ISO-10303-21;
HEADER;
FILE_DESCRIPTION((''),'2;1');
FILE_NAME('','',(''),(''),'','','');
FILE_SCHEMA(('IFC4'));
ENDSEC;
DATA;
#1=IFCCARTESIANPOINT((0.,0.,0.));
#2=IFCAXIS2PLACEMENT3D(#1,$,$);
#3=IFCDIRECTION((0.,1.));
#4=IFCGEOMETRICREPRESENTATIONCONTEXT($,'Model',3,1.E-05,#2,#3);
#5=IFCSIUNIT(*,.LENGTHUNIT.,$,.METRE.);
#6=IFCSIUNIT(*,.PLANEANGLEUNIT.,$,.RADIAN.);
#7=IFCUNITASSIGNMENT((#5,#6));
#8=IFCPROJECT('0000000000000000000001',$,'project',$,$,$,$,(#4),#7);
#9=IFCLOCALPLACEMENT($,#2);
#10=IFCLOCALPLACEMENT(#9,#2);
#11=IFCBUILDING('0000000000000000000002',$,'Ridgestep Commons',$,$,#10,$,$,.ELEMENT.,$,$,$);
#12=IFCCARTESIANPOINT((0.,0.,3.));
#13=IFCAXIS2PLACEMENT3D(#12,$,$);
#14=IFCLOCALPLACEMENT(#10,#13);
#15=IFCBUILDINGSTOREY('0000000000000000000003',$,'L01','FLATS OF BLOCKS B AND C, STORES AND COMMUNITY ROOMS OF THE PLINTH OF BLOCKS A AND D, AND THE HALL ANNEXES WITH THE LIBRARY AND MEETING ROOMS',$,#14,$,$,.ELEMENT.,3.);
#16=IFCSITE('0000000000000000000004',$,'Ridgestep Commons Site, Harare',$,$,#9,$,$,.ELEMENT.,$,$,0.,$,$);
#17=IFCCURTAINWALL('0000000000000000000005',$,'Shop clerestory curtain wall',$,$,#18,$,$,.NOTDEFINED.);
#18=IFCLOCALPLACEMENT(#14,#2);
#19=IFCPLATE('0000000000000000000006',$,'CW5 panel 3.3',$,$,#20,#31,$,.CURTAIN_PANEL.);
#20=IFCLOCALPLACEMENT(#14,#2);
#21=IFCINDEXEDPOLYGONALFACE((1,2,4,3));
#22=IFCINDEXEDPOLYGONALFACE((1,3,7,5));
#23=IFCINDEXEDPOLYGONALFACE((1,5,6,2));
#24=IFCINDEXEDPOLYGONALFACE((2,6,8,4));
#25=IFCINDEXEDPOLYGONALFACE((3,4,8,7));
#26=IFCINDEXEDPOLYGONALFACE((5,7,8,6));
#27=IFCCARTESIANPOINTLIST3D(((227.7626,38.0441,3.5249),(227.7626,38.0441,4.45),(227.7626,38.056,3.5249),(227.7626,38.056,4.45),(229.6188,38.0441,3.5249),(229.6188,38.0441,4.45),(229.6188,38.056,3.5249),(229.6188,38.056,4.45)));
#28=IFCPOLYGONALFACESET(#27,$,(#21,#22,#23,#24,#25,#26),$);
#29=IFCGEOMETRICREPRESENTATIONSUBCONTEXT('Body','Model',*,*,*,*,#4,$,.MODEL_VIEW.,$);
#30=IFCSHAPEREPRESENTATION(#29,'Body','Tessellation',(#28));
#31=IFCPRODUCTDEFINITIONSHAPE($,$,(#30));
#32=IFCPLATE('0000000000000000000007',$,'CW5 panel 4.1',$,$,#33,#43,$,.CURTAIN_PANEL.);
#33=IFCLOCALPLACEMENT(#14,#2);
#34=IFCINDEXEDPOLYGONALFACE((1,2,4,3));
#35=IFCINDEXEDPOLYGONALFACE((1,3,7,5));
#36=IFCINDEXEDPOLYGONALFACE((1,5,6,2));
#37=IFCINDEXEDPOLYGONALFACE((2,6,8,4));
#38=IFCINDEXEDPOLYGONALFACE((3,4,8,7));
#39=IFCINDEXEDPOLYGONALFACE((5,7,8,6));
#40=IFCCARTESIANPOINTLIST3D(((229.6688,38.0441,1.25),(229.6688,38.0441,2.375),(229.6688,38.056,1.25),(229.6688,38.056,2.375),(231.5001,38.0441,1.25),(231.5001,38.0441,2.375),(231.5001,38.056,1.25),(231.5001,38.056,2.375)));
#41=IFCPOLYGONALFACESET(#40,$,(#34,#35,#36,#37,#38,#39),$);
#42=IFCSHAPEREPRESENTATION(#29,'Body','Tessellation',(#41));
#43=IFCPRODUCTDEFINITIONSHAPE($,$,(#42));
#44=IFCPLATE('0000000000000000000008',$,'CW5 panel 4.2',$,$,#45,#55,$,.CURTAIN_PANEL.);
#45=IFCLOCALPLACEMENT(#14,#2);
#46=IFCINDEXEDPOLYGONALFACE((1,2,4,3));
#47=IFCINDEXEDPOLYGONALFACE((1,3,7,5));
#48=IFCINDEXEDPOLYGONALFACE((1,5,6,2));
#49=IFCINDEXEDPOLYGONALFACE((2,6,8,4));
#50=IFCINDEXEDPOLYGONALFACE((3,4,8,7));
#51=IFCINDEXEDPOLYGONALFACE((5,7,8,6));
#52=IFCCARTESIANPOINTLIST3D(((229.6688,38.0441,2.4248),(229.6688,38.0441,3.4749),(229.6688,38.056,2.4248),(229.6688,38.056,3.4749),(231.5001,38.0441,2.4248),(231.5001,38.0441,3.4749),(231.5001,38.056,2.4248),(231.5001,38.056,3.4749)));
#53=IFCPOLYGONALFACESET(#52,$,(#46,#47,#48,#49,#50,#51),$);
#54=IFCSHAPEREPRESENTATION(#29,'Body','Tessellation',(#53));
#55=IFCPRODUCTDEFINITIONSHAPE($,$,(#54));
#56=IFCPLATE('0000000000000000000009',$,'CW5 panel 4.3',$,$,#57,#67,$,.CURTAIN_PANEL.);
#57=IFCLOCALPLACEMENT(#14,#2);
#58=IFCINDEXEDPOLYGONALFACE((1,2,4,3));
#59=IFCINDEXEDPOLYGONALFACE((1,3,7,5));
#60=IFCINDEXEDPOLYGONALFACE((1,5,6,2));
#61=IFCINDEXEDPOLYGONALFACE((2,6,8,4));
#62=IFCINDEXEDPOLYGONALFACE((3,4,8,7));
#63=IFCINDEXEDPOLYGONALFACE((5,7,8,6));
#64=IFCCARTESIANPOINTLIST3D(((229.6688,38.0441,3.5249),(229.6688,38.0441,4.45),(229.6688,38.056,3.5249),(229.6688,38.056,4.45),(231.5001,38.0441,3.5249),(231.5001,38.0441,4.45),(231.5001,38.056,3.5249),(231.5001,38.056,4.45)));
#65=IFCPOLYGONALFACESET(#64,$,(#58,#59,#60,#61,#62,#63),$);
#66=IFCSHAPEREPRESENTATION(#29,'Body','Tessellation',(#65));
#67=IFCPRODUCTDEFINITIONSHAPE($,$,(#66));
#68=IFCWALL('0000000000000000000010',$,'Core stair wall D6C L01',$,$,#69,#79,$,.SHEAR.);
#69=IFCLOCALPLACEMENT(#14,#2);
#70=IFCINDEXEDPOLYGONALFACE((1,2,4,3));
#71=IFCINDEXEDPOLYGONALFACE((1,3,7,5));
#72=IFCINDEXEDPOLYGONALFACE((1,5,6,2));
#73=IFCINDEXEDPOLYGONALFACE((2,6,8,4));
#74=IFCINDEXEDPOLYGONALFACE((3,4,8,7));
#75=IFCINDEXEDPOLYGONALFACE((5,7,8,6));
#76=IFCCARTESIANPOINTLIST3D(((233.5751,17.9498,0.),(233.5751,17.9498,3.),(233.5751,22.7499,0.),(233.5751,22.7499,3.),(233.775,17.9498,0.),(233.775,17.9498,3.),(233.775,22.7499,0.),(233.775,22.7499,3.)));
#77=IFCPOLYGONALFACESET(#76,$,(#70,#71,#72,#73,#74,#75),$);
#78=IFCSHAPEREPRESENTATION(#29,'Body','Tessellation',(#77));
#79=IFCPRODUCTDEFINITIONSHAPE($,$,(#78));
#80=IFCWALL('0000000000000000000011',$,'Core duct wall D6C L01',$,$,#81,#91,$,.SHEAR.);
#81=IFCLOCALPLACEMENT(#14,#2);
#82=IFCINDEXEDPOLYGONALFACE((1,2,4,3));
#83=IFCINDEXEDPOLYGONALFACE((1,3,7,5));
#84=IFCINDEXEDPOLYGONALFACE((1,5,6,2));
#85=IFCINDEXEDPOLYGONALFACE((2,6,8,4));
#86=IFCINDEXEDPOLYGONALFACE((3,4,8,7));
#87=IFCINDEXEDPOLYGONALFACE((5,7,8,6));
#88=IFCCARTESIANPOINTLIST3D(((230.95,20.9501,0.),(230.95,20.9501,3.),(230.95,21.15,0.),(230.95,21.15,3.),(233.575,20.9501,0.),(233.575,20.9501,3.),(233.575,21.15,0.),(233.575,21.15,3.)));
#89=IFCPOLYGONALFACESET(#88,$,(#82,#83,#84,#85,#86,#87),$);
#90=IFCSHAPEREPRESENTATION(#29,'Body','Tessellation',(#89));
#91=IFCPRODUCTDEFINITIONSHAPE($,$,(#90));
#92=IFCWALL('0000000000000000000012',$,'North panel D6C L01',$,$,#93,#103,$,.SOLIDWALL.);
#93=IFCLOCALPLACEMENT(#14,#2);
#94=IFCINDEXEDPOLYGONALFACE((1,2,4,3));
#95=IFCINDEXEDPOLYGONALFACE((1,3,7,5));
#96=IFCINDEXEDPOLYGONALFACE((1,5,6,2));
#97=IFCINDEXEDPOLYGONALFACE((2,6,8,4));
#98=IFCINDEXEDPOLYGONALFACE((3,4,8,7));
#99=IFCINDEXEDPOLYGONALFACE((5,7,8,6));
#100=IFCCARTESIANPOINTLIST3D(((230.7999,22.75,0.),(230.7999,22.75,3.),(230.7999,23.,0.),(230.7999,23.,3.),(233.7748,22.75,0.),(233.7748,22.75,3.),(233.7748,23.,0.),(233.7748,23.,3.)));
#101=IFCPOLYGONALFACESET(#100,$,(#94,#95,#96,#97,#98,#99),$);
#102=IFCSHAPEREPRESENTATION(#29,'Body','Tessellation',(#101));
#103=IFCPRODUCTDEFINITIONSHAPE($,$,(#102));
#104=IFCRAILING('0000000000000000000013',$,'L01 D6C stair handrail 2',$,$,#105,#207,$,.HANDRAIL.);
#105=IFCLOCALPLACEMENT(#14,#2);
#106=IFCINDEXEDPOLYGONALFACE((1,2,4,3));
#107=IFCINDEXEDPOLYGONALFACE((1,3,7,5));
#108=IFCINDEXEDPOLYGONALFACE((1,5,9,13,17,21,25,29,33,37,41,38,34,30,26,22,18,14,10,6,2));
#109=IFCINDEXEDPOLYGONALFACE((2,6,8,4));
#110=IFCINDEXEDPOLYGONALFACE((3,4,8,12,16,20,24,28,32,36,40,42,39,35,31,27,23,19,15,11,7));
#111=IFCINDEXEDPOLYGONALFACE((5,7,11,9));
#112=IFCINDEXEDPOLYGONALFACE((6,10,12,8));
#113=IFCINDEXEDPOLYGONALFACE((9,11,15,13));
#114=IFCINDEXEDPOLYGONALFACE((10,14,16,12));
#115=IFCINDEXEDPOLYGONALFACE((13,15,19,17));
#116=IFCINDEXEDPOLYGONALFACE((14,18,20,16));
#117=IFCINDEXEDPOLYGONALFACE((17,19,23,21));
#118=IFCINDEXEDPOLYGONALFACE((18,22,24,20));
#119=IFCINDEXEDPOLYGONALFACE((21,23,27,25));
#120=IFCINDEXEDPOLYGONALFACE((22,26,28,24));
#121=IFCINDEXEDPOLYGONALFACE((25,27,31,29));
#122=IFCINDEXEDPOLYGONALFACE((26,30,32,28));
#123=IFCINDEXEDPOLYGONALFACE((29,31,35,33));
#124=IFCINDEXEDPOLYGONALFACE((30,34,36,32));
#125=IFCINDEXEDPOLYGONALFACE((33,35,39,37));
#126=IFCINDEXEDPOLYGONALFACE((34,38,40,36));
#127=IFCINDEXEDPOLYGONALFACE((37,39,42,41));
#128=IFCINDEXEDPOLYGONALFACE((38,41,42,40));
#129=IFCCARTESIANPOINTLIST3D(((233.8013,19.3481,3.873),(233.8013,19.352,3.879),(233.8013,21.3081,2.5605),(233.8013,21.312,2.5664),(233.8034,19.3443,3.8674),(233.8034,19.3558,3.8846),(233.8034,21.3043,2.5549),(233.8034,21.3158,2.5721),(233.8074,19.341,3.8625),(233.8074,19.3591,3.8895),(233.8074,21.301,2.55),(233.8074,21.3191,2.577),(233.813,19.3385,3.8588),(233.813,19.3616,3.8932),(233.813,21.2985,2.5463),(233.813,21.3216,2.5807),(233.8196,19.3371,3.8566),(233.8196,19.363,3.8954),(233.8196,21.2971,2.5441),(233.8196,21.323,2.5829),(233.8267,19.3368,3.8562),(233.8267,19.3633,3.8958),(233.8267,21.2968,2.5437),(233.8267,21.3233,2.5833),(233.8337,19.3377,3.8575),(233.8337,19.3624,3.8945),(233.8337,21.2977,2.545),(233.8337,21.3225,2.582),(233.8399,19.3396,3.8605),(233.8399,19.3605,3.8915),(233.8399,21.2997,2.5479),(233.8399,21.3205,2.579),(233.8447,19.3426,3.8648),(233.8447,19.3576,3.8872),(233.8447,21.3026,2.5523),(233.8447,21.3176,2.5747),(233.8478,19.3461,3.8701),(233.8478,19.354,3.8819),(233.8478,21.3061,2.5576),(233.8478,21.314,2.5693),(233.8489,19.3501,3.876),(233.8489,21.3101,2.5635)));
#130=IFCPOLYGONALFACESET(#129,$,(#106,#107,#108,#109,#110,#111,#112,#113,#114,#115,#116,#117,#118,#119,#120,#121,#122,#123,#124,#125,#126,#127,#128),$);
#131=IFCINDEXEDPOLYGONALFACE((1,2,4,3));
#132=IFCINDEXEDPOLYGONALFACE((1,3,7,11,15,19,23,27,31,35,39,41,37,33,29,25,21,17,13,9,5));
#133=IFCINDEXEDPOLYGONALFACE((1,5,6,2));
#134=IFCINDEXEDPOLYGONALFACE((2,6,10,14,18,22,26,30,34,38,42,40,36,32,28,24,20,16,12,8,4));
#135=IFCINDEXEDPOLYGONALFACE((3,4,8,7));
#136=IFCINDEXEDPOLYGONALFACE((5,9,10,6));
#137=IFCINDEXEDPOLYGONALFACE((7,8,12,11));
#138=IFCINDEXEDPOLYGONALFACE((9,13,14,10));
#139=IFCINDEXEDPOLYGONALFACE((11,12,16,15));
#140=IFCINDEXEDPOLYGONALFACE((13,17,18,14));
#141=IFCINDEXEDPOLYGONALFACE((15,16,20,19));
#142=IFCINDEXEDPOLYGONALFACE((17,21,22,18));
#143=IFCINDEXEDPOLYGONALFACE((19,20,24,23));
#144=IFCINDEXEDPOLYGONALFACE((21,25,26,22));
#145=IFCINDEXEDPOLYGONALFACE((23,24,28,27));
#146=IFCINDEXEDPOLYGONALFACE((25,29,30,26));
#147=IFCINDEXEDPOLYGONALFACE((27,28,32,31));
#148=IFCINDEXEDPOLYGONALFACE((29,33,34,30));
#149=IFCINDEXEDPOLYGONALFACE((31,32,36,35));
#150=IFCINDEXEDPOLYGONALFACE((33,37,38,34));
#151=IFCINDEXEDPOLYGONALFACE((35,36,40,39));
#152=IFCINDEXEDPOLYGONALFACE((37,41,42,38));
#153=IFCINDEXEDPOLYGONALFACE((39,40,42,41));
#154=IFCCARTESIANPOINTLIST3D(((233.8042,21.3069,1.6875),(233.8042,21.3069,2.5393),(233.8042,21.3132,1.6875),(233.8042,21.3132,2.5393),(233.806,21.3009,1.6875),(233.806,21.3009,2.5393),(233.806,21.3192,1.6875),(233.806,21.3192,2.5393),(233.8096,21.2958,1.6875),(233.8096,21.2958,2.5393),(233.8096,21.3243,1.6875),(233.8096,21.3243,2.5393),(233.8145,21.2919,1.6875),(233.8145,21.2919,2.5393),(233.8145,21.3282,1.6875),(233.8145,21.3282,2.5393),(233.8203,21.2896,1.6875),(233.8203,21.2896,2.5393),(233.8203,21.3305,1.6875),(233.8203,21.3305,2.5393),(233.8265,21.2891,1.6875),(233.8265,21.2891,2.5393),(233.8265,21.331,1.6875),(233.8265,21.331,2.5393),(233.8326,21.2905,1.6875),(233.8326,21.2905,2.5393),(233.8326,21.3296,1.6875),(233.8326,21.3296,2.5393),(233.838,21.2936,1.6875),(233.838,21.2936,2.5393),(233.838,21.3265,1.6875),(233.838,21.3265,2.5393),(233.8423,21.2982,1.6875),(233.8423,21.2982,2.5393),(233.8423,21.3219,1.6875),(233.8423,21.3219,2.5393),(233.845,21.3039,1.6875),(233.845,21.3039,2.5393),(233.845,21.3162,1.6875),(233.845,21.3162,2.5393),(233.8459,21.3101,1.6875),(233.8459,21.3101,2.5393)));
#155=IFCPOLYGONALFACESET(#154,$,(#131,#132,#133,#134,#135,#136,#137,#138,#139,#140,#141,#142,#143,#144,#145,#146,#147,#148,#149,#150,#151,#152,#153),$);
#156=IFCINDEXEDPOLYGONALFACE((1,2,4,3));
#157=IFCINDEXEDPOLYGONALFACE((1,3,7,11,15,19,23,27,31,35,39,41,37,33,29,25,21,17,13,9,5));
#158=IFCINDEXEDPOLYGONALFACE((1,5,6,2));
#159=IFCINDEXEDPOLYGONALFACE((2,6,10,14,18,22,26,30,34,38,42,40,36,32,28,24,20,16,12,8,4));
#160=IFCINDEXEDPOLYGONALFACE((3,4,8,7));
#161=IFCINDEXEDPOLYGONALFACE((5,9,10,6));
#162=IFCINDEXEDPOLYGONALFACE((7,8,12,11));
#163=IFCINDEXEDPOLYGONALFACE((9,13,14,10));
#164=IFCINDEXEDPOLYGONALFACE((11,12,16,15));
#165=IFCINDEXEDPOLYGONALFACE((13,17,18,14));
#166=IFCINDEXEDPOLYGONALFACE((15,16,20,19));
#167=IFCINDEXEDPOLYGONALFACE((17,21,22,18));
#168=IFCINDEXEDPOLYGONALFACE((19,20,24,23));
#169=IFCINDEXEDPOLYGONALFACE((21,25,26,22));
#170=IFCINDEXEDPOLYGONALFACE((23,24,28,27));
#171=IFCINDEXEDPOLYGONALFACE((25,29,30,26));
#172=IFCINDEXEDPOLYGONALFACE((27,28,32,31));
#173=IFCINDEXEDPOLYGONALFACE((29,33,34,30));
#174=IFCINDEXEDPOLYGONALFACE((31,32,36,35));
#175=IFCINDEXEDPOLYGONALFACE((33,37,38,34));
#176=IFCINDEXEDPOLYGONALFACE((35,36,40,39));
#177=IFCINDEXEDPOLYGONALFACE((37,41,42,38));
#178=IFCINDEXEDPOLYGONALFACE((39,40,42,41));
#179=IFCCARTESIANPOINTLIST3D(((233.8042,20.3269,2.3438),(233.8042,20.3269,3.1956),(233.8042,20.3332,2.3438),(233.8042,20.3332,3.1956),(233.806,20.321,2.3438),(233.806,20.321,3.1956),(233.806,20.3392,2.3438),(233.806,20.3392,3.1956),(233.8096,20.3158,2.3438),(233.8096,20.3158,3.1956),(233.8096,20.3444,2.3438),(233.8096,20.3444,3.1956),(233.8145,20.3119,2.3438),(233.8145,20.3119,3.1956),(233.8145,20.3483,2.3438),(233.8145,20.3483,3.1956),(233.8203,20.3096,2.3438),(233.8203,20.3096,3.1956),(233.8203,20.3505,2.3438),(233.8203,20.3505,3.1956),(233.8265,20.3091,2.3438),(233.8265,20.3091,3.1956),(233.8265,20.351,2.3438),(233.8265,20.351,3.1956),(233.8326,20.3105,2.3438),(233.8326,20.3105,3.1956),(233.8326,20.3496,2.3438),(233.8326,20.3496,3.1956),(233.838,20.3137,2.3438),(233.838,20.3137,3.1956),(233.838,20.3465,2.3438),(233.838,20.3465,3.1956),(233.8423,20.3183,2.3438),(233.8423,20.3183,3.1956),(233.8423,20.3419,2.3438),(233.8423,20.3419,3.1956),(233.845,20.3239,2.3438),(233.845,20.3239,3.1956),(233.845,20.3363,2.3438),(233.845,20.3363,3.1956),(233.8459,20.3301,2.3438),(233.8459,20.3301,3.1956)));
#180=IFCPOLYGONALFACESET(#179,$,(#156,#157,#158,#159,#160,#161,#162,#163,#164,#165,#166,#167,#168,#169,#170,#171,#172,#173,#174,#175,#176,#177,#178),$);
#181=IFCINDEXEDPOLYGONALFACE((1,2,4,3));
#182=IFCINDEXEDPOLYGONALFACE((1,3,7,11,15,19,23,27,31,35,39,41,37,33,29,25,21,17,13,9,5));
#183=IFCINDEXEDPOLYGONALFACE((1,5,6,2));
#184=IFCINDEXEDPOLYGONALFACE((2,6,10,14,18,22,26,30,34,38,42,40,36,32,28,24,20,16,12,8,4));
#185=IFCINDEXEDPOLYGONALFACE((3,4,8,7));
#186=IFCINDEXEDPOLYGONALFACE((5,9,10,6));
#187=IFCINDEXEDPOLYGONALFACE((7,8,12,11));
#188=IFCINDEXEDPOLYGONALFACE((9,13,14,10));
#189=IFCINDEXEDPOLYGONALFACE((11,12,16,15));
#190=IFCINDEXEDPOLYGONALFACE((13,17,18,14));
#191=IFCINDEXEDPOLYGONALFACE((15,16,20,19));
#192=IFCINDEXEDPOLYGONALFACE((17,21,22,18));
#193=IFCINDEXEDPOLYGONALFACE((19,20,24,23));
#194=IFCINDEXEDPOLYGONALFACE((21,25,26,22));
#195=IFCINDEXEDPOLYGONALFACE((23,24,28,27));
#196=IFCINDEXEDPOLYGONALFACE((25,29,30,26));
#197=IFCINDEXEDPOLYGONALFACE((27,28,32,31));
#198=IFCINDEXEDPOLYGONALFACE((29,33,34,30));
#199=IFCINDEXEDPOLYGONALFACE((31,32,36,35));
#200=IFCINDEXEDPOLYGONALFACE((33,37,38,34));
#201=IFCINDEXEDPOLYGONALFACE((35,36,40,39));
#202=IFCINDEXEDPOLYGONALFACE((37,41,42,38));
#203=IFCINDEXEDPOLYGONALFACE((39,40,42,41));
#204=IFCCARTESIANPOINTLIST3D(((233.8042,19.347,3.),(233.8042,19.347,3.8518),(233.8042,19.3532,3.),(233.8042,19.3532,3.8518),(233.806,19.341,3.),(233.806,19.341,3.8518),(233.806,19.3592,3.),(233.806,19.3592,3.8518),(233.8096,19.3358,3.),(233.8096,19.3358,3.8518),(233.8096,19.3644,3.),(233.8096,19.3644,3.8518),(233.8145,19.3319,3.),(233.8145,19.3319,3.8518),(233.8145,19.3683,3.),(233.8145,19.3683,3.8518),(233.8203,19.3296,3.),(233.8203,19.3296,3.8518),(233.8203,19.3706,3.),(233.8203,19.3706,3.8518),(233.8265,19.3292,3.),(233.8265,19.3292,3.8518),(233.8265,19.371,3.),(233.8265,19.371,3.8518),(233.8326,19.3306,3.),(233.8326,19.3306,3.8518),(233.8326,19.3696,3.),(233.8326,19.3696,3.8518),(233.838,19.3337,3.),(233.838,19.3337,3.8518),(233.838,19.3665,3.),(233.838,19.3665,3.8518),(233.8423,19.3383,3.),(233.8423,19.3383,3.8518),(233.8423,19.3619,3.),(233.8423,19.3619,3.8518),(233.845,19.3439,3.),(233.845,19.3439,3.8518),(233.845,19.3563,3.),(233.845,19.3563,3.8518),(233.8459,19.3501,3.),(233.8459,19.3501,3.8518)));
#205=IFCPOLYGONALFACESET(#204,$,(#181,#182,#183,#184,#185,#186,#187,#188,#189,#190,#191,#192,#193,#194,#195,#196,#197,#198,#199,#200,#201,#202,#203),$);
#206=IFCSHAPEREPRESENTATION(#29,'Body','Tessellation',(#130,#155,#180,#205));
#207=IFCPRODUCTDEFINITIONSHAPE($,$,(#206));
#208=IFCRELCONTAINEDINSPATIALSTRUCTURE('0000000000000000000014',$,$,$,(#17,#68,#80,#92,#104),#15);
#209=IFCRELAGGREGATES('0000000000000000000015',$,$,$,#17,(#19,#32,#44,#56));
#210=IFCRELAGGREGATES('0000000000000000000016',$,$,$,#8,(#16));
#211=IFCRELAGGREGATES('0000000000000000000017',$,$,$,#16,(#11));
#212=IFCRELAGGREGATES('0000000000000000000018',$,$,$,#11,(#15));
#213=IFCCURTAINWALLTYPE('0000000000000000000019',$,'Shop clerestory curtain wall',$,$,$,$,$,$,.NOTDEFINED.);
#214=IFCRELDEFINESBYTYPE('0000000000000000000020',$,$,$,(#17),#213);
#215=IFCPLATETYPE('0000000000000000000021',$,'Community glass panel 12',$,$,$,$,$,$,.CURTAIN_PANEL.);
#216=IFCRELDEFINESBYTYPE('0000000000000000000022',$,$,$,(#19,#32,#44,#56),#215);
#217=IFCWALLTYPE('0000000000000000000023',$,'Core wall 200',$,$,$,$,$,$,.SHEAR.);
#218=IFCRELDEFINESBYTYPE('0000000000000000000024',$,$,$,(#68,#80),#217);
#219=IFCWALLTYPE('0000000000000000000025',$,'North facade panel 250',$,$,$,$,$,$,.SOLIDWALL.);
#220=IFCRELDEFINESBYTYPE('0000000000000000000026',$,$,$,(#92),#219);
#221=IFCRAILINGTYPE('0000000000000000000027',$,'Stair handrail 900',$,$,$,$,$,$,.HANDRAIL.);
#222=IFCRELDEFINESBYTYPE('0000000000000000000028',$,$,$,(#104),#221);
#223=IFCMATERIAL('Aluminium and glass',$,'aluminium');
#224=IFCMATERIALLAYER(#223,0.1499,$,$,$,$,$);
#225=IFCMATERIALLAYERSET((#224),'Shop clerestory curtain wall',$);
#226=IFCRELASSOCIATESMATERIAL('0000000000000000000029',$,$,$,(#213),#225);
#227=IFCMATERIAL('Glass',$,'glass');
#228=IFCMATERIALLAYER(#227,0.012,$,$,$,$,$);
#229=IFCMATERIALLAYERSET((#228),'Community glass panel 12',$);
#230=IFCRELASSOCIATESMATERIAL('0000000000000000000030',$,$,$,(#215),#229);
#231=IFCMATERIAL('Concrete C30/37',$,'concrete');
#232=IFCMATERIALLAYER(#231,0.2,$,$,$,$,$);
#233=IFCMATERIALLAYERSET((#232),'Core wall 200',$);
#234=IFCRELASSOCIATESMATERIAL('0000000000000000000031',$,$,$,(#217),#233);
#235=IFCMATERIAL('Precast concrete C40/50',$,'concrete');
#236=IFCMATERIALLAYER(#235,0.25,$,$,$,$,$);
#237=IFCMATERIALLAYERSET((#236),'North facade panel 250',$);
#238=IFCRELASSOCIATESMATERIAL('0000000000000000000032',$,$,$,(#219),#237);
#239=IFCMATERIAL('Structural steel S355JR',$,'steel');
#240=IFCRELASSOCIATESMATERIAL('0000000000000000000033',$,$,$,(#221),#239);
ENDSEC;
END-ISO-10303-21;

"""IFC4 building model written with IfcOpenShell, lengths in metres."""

from ifc_helpers import new_model, si_unit, direction, frame, frame_2d, origin, origin_2d, place, context, subcontext, project, spatial, rectangle, circle, extrude, material, layer, layer_set, type_object, element, aggregate, save


model = new_model("IFC4")

# Units and contexts
model_context = context("Model", 3, precision=1e-05, world=origin(), true_north=direction((0.0, 1.0)))
body_context = subcontext(model_context, "Body", "Model", "MODEL_VIEW")
ifc_project = project(units=[si_unit("LENGTHUNIT", "METRE"), si_unit("PLANEANGLEUNIT", "RADIAN")], contexts=[model_context])

# Site, building, storey
site_placement = place(None, origin())
site = spatial("IfcSite", under=ifc_project, at=site_placement, Name="Ridgestep Commons Site, Harare", CompositionType="ELEMENT", RefElevation=0.0)
building_placement = place(site_placement, origin())
building = spatial("IfcBuilding", under=site, at=building_placement, Name="Ridgestep Commons", CompositionType="ELEMENT")
storey_placement = place(building_placement, frame((0.0, 0.0, 3.0)))
storey = spatial("IfcBuildingStorey", under=building, at=storey_placement, Name="L01", Description="FLATS OF BLOCKS B AND C, STORES AND COMMUNITY ROOMS OF THE PLINTH OF BLOCKS A AND D, AND THE HALL ANNEXES WITH THE LIBRARY AND MEETING ROOMS", CompositionType="ELEMENT", Elevation=3.0)

# Curtain wall
ifc_material_1 = material(Name="Aluminium and glass", Category="aluminium")
ifc_layer_1 = layer(ifc_material_1, 0.1499)
ifc_layer_set_1 = layer_set([ifc_layer_1], Name="Shop clerestory curtain wall")
curtain_wall_type_1 = type_object("IfcCurtainWallType", Name="Shop clerestory curtain wall", PredefinedType="NOTDEFINED", material=ifc_layer_set_1)
curtain_wall_1_placement = place(storey_placement, origin())
curtain_wall_1 = element("IfcCurtainWall", 1, at=curtain_wall_1_placement, inside=storey, type_object=curtain_wall_type_1, Name="Shop clerestory curtain wall", PredefinedType="NOTDEFINED")

# Plates
ifc_material_2 = material(Name="Glass", Category="glass")
ifc_layer_2 = layer(ifc_material_2, 0.012)
ifc_layer_set_2 = layer_set([ifc_layer_2], Name="Community glass panel 12")
plate_type = type_object("IfcPlateType", Name="Community glass panel 12", PredefinedType="CURTAIN_PANEL", material=ifc_layer_set_2)
plate_1_placement = place(storey_placement, frame((228.6907, 38.05, 3.5249), z_axis=(0.0, 0.0, 1.0), x_axis=(1.0, 0.0, 0.0)))
plate_1 = element("IfcPlate", 2, at=plate_1_placement, type_object=plate_type, Name="CW5 panel 3.3", PredefinedType="CURTAIN_PANEL", context=body_context, shape_type="SweptSolid", body=[
    extrude(rectangle(XDim=1.8562, YDim=0.012, at=origin_2d()), origin(), (0.0, 0.0, 1.0), 0.925),
])
plate_2_placement = place(storey_placement, frame((230.5845, 38.05, 1.25), z_axis=(0.0, 0.0, 1.0), x_axis=(1.0, 0.0, 0.0)))
plate_2 = element("IfcPlate", 3, at=plate_2_placement, type_object=plate_type, Name="CW5 panel 4.1", PredefinedType="CURTAIN_PANEL", context=body_context, shape_type="SweptSolid", body=[
    extrude(rectangle(XDim=1.8313, YDim=0.012, at=origin_2d()), origin(), (0.0, 0.0, 1.0), 1.125),
])
plate_3_placement = place(storey_placement, frame((230.5845, 38.05, 2.4248), z_axis=(0.0, 0.0, 1.0), x_axis=(1.0, 0.0, 0.0)))
plate_3 = element("IfcPlate", 4, at=plate_3_placement, type_object=plate_type, Name="CW5 panel 4.2", PredefinedType="CURTAIN_PANEL", context=body_context, shape_type="SweptSolid", body=[
    extrude(rectangle(XDim=1.8313, YDim=0.012, at=origin_2d()), origin(), (0.0, 0.0, 1.0), 1.05),
])
plate_4_placement = place(storey_placement, frame((230.5845, 38.05, 3.5249), z_axis=(0.0, 0.0, 1.0), x_axis=(1.0, 0.0, 0.0)))
plate_4 = element("IfcPlate", 5, at=plate_4_placement, type_object=plate_type, Name="CW5 panel 4.3", PredefinedType="CURTAIN_PANEL", context=body_context, shape_type="SweptSolid", body=[
    extrude(rectangle(XDim=1.8313, YDim=0.012, at=origin_2d()), origin(), (0.0, 0.0, 1.0), 0.925),
])
aggregate(curtain_wall_1, [plate_1, plate_2, plate_3, plate_4])

# Walls
ifc_material_3 = material(Name="Concrete C30/37", Category="concrete")
ifc_layer_3 = layer(ifc_material_3, 0.2)
ifc_layer_set_3 = layer_set([ifc_layer_3], Name="Core wall 200")
wall_type_1 = type_object("IfcWallType", Name="Core wall 200", PredefinedType="SHEAR", material=ifc_layer_set_3)
wall_1_placement = place(storey_placement, frame((233.675, 17.95, 0.0), z_axis=(0.0, 0.0, 1.0), x_axis=(0.0, 1.0, 0.0)))
element("IfcWall", 6, at=wall_1_placement, inside=storey, type_object=wall_type_1, Name="Core stair wall D6C L01", PredefinedType="SHEAR", context=body_context, shape_type="SweptSolid", body=[
    extrude(rectangle(XDim=4.8, YDim=0.2, at=frame_2d((2.3999, 0.0))), origin(), (0.0, 0.0, 1.0), 3.0),
])
wall_2_placement = place(storey_placement, frame((230.95, 21.05, 0.0), z_axis=(0.0, 0.0, 1.0), x_axis=(1.0, 0.0, 0.0)))
element("IfcWall", 7, at=wall_2_placement, inside=storey, type_object=wall_type_1, Name="Core duct wall D6C L01", PredefinedType="SHEAR", context=body_context, shape_type="SweptSolid", body=[
    extrude(rectangle(XDim=2.625, YDim=0.2, at=frame_2d((1.3125, 0.0))), origin(), (0.0, 0.0, 1.0), 3.0),
])
ifc_material_4 = material(Name="Precast concrete C40/50", Category="concrete")
ifc_layer_4 = layer(ifc_material_4, 0.25)
ifc_layer_set_4 = layer_set([ifc_layer_4], Name="North facade panel 250")
wall_type_2 = type_object("IfcWallType", Name="North facade panel 250", PredefinedType="SOLIDWALL", material=ifc_layer_set_4)
wall_3_placement = place(storey_placement, frame((230.8, 22.875, 0.0), z_axis=(0.0, 0.0, 1.0), x_axis=(1.0, 0.0, 0.0)))
element("IfcWall", 8, at=wall_3_placement, inside=storey, type_object=wall_type_2, Name="North panel D6C L01", PredefinedType="SOLIDWALL", context=body_context, shape_type="SweptSolid", body=[
    extrude(rectangle(XDim=2.9749, YDim=0.25, at=frame_2d((1.4873, 0.0))), origin(), (0.0, 0.0, 1.0), 3.0),
])

# Railing
ifc_material_5 = material(Name="Structural steel S355JR", Category="steel")
railing_type = type_object("IfcRailingType", Name="Stair handrail 900", PredefinedType="HANDRAIL", material=ifc_material_5)
railing_placement = place(storey_placement, frame((233.825, 21.3101, 1.6875)))
element("IfcRailing", 9, at=railing_placement, inside=storey, type_object=railing_type, Name="L01 D6C stair handrail 2", PredefinedType="HANDRAIL", context=body_context, shape_type="SweptSolid", body=[
    extrude(circle(Radius=0.0239, at=origin_2d()), frame((0.0, 0.0, 0.876), z_axis=(0.0, -0.830902, 0.556419), x_axis=(1.0, 0.0, 0.0)), (0.0, 0.0, 1.0), 2.3589),
    extrude(circle(Radius=0.021, at=origin_2d()), origin(), (0.0, 0.0, 1.0), 0.8518),
    extrude(circle(Radius=0.021, at=origin_2d()), frame((0.0, -0.98, 0.6562)), (0.0, 0.0, 1.0), 0.8518),
    extrude(circle(Radius=0.021, at=origin_2d()), frame((0.0, -1.96, 1.3125)), (0.0, 0.0, 1.0), 0.8518),
])

save(model, "model.ifc")
